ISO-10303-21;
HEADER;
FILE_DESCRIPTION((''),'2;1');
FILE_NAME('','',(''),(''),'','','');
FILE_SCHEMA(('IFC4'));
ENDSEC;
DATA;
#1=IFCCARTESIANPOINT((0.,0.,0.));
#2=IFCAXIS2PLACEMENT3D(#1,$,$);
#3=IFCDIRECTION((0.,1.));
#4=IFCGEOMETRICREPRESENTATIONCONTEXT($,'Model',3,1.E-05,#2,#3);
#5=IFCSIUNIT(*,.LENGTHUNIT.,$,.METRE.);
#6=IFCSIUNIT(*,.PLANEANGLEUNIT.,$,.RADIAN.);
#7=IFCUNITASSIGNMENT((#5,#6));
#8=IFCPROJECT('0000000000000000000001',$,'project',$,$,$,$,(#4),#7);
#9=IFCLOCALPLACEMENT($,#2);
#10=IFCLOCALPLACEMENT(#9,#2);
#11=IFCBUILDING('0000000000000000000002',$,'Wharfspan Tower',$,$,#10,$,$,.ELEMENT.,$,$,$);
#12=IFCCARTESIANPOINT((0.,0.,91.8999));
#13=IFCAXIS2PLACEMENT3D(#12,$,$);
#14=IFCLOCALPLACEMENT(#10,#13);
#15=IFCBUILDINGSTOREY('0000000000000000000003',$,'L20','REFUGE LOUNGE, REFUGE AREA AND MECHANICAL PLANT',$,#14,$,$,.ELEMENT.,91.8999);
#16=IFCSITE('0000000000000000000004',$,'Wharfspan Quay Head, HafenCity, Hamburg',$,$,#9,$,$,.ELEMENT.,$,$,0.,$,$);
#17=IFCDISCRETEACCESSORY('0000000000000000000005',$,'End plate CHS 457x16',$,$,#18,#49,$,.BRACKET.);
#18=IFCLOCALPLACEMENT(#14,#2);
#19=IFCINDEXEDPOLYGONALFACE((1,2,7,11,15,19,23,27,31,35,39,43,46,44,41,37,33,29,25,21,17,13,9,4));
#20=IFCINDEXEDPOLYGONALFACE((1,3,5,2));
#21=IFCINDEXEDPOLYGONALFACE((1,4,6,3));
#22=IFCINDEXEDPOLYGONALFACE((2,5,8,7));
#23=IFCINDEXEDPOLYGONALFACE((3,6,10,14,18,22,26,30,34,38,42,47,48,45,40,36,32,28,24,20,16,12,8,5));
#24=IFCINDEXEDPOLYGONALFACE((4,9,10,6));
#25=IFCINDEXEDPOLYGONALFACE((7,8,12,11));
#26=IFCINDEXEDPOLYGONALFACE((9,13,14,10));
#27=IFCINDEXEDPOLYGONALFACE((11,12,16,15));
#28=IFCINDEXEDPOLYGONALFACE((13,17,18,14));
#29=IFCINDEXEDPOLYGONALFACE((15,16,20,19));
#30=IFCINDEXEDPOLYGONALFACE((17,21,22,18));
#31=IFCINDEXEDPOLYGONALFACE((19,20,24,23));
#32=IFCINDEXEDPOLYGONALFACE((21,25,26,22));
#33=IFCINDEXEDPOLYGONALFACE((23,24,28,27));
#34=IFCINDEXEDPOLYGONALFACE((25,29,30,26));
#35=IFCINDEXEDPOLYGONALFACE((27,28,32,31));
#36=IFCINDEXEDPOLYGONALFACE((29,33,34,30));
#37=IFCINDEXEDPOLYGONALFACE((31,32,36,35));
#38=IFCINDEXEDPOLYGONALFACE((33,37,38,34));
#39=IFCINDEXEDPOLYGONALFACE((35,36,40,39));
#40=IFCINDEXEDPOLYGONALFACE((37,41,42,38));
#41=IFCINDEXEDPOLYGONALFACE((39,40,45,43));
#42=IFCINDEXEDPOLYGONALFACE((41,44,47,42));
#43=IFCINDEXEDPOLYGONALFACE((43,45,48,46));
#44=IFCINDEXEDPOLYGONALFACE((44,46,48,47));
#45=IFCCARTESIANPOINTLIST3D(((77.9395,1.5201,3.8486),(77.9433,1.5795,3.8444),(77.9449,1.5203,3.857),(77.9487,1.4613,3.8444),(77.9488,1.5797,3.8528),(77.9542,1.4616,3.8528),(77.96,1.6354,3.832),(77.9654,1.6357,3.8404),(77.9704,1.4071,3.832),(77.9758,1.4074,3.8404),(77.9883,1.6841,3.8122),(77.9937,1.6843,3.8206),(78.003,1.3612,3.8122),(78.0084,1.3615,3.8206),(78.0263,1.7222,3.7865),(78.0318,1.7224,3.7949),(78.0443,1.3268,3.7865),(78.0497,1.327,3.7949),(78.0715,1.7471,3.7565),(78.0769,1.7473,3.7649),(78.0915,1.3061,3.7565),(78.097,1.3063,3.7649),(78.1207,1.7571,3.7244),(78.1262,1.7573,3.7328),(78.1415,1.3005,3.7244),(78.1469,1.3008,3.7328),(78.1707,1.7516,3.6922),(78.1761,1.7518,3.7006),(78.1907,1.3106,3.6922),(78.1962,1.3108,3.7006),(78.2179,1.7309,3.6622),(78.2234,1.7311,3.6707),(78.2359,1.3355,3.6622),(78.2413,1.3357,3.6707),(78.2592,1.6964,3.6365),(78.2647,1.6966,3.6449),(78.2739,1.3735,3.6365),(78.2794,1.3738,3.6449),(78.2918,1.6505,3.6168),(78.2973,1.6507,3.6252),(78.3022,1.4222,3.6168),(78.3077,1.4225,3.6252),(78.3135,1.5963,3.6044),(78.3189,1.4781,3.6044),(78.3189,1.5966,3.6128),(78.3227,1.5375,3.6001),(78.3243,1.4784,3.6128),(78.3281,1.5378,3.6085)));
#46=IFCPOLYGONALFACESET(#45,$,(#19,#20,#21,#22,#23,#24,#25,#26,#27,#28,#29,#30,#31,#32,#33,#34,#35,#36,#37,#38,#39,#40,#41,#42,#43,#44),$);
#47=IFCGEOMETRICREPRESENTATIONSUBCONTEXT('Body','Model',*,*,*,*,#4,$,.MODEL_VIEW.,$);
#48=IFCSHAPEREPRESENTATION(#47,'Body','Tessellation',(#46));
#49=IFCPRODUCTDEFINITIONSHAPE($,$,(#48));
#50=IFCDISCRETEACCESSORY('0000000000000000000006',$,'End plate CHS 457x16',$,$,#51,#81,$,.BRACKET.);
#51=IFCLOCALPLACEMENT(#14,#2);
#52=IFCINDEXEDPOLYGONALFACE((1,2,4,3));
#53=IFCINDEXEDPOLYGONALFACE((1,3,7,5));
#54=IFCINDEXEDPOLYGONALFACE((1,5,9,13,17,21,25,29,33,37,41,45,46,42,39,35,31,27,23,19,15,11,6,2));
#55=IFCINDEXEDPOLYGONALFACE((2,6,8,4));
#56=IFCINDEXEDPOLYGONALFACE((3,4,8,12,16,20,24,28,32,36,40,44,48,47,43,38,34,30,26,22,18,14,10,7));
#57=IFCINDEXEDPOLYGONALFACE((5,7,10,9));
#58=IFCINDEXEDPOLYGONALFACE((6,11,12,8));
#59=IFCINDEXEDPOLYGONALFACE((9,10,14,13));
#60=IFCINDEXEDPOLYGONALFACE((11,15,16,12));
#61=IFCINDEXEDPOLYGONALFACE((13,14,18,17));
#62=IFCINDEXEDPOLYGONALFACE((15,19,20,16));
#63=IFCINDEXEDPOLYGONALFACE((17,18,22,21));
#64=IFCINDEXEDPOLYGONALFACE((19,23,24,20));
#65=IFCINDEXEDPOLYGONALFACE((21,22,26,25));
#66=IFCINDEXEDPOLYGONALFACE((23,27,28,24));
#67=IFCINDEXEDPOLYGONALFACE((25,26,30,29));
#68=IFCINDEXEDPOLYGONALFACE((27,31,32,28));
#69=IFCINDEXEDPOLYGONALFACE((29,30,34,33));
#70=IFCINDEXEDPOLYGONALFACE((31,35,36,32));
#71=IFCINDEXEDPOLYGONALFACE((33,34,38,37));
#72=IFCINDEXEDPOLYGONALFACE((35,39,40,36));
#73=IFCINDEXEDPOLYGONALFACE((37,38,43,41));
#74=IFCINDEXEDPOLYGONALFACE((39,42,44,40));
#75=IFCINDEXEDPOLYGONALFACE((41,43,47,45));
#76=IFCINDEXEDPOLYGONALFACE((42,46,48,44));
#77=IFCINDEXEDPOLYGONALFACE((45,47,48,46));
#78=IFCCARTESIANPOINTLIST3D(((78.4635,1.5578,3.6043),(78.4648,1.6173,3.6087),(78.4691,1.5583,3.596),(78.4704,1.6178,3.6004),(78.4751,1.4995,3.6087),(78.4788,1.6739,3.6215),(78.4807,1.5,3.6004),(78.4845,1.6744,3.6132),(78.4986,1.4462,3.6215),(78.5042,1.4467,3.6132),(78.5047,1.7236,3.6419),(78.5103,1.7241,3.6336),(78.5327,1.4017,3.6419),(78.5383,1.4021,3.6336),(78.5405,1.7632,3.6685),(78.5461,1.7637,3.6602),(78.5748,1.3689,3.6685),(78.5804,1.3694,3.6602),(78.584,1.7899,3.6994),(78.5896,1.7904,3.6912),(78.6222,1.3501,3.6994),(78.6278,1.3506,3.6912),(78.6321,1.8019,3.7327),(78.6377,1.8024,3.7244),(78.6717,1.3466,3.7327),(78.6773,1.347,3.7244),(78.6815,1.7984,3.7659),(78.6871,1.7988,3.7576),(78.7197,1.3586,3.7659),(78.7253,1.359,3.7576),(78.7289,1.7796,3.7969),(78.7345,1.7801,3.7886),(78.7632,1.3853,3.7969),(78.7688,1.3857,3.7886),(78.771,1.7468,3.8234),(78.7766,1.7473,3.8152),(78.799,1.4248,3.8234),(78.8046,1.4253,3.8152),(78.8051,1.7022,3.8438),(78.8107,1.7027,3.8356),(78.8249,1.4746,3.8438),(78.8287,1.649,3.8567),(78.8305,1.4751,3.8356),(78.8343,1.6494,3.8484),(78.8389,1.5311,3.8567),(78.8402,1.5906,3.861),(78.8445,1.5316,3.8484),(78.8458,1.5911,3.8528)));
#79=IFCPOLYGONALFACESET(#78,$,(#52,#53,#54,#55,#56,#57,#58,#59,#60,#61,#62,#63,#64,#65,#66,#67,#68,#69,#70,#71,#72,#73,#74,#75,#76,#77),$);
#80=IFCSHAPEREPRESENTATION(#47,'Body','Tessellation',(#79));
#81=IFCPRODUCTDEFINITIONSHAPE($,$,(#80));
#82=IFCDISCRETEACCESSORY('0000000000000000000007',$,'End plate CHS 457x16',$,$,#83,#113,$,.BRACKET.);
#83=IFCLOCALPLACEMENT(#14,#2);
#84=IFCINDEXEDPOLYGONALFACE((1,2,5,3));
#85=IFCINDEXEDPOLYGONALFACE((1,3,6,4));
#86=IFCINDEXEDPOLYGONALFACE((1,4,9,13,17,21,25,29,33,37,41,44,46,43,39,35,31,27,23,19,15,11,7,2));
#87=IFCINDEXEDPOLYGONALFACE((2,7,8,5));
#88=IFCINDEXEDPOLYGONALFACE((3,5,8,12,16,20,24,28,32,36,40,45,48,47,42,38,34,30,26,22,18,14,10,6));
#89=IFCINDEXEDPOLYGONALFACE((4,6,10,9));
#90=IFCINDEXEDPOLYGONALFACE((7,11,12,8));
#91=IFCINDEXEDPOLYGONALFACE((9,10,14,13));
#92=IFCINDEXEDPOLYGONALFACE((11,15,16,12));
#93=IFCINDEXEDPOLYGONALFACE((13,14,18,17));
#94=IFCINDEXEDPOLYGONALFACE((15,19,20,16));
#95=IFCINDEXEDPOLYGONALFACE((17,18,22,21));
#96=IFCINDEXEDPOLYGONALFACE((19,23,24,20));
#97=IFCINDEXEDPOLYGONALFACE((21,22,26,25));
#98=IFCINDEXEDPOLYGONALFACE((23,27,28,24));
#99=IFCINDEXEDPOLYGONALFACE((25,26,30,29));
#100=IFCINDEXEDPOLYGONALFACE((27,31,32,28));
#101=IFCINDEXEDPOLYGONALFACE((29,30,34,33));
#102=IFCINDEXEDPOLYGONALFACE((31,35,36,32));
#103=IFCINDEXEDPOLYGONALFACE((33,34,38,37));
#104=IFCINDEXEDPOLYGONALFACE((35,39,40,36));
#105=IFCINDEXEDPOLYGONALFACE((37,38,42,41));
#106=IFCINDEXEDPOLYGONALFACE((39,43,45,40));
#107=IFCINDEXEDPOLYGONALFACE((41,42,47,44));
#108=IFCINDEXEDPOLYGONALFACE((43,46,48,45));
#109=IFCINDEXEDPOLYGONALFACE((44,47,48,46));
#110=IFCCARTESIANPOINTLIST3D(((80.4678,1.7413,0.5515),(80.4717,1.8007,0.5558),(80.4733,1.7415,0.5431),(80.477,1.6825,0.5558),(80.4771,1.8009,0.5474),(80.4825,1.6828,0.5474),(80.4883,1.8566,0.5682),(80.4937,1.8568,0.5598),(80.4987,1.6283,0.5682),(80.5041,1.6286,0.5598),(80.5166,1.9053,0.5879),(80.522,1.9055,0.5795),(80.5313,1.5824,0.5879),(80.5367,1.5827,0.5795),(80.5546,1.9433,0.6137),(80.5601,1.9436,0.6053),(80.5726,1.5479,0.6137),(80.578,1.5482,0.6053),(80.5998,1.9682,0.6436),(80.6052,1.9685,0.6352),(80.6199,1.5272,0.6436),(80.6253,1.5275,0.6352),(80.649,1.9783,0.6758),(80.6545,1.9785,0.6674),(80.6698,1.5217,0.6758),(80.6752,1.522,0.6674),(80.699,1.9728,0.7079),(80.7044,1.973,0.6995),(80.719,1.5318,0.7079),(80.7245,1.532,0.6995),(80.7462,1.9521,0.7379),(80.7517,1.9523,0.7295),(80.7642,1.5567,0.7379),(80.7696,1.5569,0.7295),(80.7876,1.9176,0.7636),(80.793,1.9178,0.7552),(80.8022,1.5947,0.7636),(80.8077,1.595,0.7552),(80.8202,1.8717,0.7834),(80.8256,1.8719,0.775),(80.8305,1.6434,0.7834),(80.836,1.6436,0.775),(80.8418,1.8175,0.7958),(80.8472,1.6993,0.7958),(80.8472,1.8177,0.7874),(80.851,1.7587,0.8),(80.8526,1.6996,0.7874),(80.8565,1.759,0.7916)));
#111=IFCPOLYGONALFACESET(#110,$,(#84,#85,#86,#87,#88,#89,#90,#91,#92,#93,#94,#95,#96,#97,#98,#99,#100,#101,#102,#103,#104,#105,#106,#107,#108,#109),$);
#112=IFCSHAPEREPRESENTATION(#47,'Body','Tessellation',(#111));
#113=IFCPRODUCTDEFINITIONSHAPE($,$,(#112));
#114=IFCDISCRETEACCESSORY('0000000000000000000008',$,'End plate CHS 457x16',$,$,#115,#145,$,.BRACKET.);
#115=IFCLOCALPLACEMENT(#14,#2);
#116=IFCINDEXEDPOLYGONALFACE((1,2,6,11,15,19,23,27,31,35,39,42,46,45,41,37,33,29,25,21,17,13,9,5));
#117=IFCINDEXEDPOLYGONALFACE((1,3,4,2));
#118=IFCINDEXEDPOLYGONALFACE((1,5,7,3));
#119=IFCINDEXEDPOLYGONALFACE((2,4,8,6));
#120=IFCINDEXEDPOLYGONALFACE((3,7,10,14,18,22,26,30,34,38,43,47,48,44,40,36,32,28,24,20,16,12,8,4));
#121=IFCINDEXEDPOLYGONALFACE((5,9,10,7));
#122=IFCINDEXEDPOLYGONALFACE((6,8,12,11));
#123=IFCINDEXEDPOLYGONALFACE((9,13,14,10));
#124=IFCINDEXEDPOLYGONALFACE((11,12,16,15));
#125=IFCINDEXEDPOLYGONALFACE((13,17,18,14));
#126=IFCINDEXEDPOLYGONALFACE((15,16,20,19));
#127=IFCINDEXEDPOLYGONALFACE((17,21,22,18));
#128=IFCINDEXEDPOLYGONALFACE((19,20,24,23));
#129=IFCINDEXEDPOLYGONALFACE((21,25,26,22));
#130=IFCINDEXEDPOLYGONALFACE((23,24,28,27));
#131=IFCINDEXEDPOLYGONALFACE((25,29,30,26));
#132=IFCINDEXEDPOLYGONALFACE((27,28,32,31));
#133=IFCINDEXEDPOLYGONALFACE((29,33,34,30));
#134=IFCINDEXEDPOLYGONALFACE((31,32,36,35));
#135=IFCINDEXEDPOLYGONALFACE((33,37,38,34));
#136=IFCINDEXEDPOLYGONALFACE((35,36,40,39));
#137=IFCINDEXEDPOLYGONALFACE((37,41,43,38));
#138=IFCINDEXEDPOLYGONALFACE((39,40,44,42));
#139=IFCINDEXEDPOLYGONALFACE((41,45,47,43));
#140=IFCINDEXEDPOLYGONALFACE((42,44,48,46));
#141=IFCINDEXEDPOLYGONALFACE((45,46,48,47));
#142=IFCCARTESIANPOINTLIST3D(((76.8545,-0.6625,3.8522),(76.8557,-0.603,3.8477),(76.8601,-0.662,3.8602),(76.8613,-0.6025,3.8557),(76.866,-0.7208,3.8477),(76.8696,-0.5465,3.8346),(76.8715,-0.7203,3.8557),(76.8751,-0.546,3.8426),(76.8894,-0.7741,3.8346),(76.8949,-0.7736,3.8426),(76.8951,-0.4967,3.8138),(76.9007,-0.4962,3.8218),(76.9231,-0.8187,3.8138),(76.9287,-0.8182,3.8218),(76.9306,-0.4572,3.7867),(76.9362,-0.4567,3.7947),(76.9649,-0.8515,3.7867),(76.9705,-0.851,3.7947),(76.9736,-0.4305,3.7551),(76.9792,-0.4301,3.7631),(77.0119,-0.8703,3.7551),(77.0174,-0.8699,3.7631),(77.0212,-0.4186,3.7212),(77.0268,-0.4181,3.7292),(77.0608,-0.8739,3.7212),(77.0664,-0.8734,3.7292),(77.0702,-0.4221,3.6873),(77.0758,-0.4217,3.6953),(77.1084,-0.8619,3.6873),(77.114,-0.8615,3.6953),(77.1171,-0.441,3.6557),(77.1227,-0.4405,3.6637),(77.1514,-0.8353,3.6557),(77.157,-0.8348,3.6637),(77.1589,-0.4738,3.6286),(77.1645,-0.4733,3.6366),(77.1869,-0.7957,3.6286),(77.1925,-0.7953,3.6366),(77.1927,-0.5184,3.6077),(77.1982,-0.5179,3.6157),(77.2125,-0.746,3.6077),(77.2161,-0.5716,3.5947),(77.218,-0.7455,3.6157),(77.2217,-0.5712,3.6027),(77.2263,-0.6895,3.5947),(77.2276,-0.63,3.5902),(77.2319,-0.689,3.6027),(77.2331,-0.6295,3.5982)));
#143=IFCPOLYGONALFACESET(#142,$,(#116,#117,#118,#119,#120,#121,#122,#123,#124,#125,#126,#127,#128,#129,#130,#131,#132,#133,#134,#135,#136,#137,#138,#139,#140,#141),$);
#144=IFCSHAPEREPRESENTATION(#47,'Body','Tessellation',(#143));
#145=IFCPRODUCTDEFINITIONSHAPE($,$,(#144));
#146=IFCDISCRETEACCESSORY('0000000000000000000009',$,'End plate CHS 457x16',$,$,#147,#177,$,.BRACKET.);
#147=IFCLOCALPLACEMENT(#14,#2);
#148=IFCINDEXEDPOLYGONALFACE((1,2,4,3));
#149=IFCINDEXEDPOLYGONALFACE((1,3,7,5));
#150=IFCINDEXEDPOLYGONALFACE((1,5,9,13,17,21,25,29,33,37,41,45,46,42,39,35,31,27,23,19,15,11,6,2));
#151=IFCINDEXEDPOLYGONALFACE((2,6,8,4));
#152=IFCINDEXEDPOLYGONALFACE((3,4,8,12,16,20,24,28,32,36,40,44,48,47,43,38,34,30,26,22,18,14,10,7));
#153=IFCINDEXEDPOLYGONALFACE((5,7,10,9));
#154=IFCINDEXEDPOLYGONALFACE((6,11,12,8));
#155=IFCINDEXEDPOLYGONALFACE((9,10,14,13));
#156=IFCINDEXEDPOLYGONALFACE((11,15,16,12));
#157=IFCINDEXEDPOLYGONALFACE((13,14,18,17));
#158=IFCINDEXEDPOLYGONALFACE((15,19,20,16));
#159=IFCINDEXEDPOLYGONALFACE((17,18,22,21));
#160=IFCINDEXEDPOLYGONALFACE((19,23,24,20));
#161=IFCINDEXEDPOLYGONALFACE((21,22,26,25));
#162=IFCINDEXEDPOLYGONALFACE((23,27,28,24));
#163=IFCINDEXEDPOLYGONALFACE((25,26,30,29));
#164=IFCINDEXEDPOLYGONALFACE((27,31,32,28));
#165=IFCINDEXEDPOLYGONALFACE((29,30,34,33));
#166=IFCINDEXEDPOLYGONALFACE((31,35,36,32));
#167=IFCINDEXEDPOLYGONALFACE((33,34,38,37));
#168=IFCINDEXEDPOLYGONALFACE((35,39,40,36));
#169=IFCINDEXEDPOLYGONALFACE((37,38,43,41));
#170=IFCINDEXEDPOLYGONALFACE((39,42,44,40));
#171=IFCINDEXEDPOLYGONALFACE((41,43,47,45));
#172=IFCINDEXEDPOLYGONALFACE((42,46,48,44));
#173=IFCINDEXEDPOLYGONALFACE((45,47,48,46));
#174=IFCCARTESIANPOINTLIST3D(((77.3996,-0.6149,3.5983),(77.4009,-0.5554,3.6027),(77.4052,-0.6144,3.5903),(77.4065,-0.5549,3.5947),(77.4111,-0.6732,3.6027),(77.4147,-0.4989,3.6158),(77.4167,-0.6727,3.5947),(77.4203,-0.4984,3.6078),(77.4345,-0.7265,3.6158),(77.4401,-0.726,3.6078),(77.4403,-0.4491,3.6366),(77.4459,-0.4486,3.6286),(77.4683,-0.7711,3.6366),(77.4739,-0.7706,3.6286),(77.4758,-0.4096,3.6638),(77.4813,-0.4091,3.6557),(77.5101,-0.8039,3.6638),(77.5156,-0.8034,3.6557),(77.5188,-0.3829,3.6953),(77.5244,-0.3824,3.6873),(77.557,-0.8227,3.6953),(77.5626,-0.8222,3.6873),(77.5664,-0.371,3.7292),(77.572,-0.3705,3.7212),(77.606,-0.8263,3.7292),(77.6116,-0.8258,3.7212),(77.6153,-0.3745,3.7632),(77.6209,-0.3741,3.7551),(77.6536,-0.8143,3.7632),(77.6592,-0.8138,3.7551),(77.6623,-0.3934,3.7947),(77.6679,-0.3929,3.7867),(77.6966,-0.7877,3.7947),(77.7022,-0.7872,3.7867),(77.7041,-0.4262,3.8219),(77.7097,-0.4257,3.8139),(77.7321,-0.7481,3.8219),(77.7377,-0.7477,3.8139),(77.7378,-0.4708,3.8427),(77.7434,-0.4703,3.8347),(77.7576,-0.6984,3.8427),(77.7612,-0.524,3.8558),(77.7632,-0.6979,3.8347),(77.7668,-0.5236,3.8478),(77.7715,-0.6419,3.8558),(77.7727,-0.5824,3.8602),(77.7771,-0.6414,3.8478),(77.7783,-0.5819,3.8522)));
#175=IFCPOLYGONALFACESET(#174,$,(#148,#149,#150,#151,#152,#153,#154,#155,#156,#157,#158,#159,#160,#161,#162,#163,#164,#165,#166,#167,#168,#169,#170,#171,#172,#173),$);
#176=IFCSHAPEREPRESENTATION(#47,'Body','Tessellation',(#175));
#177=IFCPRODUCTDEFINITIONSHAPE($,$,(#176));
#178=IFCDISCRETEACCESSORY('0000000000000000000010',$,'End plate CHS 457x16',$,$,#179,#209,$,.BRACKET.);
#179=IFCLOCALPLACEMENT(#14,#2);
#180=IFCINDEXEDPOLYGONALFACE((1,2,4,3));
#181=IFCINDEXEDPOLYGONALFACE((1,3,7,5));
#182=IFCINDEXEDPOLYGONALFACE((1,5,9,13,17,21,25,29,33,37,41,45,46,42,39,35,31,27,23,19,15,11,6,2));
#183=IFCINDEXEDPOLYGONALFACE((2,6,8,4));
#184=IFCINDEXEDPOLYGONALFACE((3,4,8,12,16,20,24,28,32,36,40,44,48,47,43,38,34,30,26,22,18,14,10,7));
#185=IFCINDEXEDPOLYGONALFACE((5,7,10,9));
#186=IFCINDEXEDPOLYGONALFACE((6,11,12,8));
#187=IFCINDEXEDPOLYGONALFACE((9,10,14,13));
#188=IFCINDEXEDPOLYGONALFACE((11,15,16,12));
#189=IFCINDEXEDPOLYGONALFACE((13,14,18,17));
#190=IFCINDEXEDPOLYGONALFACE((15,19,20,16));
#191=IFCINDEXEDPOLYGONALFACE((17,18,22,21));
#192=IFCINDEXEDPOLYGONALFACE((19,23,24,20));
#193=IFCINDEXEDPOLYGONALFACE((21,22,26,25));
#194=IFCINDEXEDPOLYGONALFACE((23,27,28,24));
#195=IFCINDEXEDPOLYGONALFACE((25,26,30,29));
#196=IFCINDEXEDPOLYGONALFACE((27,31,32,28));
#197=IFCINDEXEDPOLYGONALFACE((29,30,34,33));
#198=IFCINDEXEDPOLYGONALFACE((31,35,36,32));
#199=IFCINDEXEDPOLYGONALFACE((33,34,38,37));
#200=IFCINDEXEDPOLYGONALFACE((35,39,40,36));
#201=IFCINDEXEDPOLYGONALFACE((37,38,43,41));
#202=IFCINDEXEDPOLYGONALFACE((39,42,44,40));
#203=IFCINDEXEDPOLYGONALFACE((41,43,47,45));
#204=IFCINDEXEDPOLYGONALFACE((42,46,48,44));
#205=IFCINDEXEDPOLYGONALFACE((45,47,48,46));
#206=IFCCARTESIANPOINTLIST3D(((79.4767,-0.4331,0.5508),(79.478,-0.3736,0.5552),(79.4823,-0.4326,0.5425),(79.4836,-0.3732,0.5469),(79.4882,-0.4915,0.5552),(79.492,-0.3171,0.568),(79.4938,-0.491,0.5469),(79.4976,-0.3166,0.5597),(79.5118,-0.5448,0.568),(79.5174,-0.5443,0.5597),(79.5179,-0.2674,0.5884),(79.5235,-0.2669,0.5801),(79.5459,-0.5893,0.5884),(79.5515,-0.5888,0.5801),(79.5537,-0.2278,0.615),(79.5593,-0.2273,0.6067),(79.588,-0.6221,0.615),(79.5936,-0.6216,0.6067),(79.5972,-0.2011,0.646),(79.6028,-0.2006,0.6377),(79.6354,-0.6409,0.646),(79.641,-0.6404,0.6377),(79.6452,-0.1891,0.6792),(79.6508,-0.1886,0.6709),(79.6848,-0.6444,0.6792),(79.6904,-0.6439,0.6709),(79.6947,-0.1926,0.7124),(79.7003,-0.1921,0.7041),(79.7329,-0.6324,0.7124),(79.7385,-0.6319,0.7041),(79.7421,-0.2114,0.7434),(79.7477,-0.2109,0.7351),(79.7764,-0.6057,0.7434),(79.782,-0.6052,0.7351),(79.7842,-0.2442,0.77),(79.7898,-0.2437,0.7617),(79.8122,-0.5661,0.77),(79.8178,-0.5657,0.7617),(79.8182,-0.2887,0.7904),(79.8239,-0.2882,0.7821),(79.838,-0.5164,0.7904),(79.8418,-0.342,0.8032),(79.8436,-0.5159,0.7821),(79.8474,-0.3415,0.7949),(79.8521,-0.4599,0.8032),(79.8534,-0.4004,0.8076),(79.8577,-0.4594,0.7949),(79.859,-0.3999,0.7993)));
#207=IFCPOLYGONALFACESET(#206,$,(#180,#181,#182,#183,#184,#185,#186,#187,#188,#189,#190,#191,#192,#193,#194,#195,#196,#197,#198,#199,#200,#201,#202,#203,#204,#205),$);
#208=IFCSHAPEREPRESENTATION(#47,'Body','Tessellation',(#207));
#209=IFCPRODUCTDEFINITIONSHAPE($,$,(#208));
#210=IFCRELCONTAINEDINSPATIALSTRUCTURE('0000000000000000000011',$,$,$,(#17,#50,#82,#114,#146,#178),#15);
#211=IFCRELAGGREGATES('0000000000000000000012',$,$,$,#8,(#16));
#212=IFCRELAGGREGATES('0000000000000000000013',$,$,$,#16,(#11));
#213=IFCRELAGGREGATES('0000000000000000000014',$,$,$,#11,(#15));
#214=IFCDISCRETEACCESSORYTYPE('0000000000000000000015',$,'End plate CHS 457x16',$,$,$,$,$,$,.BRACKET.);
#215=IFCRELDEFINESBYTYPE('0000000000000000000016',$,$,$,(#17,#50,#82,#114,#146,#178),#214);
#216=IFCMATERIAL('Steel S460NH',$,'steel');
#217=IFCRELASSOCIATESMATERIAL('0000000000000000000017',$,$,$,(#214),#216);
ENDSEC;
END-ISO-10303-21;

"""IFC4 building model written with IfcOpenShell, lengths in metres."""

from ifc_helpers import new_model, si_unit, direction, frame, origin, origin_2d, place, context, subcontext, project, spatial, circle, extrude, material, material_profile, profile_set, type_object, element, save


model = new_model("IFC4")

# Units and contexts
model_context = context("Model", 3, precision=1e-05, world=origin(), true_north=direction((0.0, 1.0)))
body_context = subcontext(model_context, "Body", "Model", "MODEL_VIEW")
ifc_project = project(units=[si_unit("LENGTHUNIT", "METRE"), si_unit("PLANEANGLEUNIT", "RADIAN")], contexts=[model_context])

# Site, building, storey
site_placement = place(None, origin())
site = spatial("IfcSite", under=ifc_project, at=site_placement, Name="Wharfspan Quay Head, HafenCity, Hamburg", CompositionType="ELEMENT", RefElevation=0.0)
building_placement = place(site_placement, origin())
building = spatial("IfcBuilding", under=site, at=building_placement, Name="Wharfspan Tower", CompositionType="ELEMENT")
storey_placement = place(building_placement, frame((0.0, 0.0, 91.8999)))
storey = spatial("IfcBuildingStorey", under=building, at=storey_placement, Name="L20", Description="REFUGE LOUNGE, REFUGE AREA AND MECHANICAL PLANT", CompositionType="ELEMENT", Elevation=91.8999)

# Shared definitions
ifc_material_1 = material(Name="Steel S460NH", Category="steel")

# Discrete accessories
ifc_material_profile_1 = material_profile(ifc_material_1, circle(Radius=0.2285, at=origin_2d()))
ifc_profile_set_1 = profile_set([ifc_material_profile_1], Name="Steel S460NH")
discrete_accessory_type_1 = type_object("IfcDiscreteAccessoryType", Name="End plate CHS 457x16", PredefinedType="BRACKET", material=ifc_profile_set_1)
for number, where, z_axis, x_axis, name in (
    (1, (78.1311, 1.5288, 3.7244), (0.543086, 0.024686, 0.839314), (-0.045408, 0.998965, 0.0), "End plate CHS 457x16"),
    (2, (78.6519, 1.5742, 3.7327), (0.559645, 0.048665, -0.827302), (-0.086627, 0.99624, 0.000002), "End plate CHS 457x16"),
    (3, (80.6594, 1.75, 0.6758), (0.543086, 0.024686, -0.839314), (-0.045408, 0.998965, 0.0), "End plate CHS 457x16"),
):
    element("IfcDiscreteAccessory", number, at=place(storey_placement, frame(where, z_axis=z_axis, x_axis=x_axis)), inside=storey, type_object=discrete_accessory_type_1, Name=name, PredefinedType="BRACKET", context=body_context, shape_type="SweptSolid", body=[
        extrude(circle(Radius=0.2285, at=origin_2d()), origin(), (0.0, 0.0, 1.0), 0.01),
    ])
for number, where, z_axis, x_axis, name in (
    (4, (77.041, -0.6462, 3.7212), (0.571087, 0.04966, 0.819386), (-0.08663, 0.99624, 0.0), "End plate CHS 457x16"),
    (5, (77.5862, -0.5986, 3.7292), (0.571087, 0.04966, -0.819386), (-0.08663, 0.99624, 0.0), "End plate CHS 457x16"),
):
    element("IfcDiscreteAccessory", number, at=place(storey_placement, frame(where, z_axis=z_axis, x_axis=x_axis)), inside=storey, type_object=discrete_accessory_type_1, Name=name, PredefinedType="BRACKET", context=body_context, shape_type="SweptSolid", body=[
        extrude(circle(Radius=0.2285, at=origin_2d()), origin(), (0.0, 0.0, 1.0), 0.0098),
    ])
discrete_accessory_placement = place(storey_placement, frame((79.665, -0.4167, 0.6792), z_axis=(0.559645, 0.048665, -0.827302), x_axis=(-0.086627, 0.99624, 0.000002)))
element("IfcDiscreteAccessory", 6, at=discrete_accessory_placement, inside=storey, type_object=discrete_accessory_type_1, Name="End plate CHS 457x16", PredefinedType="BRACKET", context=body_context, shape_type="SweptSolid", body=[
    extrude(circle(Radius=0.2285, at=origin_2d()), origin(), (0.0, 0.0, 1.0), 0.01),
])

save(model, "model.ifc")
